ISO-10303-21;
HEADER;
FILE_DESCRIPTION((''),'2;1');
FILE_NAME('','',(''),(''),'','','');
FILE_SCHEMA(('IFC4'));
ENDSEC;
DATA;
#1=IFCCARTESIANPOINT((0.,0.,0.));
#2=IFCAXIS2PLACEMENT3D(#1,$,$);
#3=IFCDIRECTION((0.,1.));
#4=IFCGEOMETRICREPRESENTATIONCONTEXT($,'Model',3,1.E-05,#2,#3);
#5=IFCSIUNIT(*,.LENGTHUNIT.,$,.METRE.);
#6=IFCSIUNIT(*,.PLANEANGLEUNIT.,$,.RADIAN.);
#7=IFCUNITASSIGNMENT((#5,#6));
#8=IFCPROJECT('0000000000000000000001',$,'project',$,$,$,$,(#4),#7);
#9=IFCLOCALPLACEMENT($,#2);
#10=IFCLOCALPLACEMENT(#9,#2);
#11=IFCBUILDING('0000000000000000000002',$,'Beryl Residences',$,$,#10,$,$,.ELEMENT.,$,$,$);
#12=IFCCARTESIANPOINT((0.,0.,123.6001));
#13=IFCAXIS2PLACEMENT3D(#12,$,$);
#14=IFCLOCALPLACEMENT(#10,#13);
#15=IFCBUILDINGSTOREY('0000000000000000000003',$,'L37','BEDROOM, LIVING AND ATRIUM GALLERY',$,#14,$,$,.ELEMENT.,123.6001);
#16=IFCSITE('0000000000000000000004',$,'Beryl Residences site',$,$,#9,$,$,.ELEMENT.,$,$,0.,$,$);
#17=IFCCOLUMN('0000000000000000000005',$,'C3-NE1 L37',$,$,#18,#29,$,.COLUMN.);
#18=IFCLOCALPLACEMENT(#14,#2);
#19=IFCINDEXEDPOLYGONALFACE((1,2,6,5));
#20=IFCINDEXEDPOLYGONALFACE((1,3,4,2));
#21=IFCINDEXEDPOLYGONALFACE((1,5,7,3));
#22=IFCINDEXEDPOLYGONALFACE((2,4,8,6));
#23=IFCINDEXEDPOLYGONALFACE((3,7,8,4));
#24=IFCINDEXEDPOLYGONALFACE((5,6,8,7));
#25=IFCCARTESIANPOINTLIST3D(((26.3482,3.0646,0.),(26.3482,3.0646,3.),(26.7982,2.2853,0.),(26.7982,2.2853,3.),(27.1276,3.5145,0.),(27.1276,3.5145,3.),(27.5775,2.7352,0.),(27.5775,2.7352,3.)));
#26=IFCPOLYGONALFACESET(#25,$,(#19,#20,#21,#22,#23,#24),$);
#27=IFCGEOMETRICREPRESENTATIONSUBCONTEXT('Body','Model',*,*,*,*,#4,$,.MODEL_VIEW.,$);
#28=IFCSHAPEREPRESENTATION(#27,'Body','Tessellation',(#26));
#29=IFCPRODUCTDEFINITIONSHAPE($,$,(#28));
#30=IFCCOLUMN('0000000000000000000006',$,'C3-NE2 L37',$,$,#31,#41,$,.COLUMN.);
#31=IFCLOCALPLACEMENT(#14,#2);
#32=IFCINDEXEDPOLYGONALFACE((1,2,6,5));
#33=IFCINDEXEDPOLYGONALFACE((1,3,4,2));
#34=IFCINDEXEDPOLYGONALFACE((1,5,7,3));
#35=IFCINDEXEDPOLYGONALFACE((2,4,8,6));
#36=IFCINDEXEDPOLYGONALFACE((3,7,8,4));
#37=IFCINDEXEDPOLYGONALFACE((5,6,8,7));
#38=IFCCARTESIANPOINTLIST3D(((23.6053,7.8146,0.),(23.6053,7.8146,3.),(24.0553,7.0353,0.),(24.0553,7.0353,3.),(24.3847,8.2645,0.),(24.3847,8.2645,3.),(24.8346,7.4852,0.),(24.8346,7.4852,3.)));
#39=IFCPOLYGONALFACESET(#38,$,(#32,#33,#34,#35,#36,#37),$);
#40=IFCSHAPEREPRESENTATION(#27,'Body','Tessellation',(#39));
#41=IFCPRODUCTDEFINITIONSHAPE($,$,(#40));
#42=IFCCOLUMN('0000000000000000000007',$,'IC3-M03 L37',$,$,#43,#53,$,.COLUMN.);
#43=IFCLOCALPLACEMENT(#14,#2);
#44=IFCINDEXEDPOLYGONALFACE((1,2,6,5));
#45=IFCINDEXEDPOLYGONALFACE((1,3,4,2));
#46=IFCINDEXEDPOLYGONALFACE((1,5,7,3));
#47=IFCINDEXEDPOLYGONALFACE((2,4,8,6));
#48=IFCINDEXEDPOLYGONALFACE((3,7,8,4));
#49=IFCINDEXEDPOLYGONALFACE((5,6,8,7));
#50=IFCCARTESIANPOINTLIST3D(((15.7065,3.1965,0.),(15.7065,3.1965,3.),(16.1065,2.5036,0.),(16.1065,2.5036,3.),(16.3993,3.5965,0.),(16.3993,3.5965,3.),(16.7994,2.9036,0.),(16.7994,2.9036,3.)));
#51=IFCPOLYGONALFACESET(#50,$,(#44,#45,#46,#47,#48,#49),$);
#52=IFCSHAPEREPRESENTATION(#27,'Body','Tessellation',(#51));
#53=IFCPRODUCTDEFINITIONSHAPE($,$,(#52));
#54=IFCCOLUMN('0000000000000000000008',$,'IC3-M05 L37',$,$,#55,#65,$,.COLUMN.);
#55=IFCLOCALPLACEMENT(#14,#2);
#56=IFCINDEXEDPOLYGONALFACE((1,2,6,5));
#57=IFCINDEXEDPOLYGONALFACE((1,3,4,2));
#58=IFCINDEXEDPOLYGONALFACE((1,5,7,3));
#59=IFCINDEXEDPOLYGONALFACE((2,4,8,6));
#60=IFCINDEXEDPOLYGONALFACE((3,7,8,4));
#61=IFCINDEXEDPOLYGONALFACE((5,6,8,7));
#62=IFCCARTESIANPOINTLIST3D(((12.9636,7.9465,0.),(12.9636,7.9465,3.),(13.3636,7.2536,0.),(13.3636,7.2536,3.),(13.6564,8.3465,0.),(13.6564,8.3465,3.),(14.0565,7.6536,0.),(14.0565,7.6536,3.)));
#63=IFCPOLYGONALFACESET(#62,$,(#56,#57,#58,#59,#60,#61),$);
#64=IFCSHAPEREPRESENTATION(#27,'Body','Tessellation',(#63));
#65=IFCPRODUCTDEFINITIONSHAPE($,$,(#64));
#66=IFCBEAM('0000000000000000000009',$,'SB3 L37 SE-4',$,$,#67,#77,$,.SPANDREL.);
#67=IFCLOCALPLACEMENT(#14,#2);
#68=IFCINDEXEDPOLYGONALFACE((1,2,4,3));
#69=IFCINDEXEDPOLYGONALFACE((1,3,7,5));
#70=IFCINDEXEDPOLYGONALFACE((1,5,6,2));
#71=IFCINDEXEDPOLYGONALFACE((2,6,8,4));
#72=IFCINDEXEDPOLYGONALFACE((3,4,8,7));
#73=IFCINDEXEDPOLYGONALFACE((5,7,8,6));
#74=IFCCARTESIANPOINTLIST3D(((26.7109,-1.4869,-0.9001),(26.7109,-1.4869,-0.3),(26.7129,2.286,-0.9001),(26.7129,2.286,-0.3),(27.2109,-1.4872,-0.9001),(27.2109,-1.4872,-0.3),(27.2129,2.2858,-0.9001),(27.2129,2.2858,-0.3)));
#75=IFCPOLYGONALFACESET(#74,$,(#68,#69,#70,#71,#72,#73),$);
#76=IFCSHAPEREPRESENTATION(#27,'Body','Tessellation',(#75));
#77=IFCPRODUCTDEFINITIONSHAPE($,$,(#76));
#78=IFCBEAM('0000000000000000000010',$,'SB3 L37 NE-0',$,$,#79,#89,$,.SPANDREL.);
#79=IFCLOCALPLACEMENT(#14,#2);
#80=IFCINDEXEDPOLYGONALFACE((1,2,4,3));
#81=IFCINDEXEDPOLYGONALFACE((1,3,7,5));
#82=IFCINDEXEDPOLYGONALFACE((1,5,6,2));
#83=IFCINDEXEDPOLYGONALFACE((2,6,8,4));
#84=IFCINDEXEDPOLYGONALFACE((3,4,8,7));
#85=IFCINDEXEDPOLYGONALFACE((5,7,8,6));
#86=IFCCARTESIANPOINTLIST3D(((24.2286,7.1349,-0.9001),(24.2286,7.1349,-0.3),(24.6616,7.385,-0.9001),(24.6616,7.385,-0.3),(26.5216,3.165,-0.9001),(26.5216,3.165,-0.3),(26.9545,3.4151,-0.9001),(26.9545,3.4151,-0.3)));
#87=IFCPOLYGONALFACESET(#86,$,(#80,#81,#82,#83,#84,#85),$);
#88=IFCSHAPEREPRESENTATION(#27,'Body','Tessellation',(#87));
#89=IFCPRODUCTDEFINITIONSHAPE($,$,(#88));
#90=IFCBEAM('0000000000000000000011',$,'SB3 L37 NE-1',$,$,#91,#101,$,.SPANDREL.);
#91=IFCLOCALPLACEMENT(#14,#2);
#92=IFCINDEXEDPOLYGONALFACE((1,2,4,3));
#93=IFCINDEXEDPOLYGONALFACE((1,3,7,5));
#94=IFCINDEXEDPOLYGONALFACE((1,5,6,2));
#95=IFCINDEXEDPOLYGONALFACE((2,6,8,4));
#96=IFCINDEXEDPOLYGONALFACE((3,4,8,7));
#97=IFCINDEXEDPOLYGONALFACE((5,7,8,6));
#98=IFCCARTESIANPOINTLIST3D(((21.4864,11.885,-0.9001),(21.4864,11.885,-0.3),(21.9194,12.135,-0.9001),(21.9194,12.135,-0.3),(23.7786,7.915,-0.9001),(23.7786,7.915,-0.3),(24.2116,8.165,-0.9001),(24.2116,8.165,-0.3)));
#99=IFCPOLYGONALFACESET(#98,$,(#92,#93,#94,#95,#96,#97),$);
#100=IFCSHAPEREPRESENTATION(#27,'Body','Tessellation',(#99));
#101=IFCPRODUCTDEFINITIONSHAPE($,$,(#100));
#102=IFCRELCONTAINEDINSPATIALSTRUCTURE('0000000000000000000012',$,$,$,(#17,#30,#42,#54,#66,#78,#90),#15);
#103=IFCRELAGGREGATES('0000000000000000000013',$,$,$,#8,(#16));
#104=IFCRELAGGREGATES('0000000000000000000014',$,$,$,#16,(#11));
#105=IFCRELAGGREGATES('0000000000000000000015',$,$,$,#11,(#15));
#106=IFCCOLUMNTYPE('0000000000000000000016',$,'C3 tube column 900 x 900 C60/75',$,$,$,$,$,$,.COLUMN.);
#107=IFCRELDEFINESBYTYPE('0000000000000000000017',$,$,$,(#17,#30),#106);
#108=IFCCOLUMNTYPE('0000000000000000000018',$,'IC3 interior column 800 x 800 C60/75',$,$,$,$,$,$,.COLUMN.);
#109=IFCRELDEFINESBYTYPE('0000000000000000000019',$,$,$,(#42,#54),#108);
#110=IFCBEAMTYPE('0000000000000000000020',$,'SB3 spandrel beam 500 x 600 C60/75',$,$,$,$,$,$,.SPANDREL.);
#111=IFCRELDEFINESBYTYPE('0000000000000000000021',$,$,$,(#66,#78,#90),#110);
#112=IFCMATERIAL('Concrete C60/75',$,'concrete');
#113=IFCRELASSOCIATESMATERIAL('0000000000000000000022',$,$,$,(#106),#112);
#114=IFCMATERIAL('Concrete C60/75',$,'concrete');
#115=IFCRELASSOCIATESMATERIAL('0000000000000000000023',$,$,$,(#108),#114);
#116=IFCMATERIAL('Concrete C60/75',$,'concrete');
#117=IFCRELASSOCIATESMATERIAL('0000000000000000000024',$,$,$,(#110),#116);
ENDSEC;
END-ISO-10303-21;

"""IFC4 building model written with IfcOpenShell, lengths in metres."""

from ifc_helpers import new_model, si_unit, direction, frame, origin, origin_2d, place, context, subcontext, project, spatial, rectangle, extrude, material, material_profile, profile_set, type_object, element, save


model = new_model("IFC4")

# Units and contexts
model_context = context("Model", 3, precision=1e-05, world=origin(), true_north=direction((0.0, 1.0)))
body_context = subcontext(model_context, "Body", "Model", "MODEL_VIEW")
ifc_project = project(units=[si_unit("LENGTHUNIT", "METRE"), si_unit("PLANEANGLEUNIT", "RADIAN")], contexts=[model_context])

# Site, building, storey
site_placement = place(None, origin())
site = spatial("IfcSite", under=ifc_project, at=site_placement, Name="Beryl Residences site", CompositionType="ELEMENT", RefElevation=0.0)
building_placement = place(site_placement, origin())
building = spatial("IfcBuilding", under=site, at=building_placement, Name="Beryl Residences", CompositionType="ELEMENT")
storey_placement = place(building_placement, frame((0.0, 0.0, 123.6001)))
storey = spatial("IfcBuildingStorey", under=building, at=storey_placement, Name="L37", Description="BEDROOM, LIVING AND ATRIUM GALLERY", CompositionType="ELEMENT", Elevation=123.6001)

# Columns
ifc_material_1 = material(Name="Concrete C60/75", Category="concrete")
ifc_material_profile_1 = material_profile(ifc_material_1, rectangle(XDim=0.8999, YDim=0.8999, at=origin_2d()))
ifc_profile_set_1 = profile_set([ifc_material_profile_1], Name="Concrete C60/75")
column_type_1 = type_object("IfcColumnType", Name="C3 tube column 900 x 900 C60/75", PredefinedType="COLUMN", material=ifc_profile_set_1)
for number, where, z_axis, x_axis, name in (
    (1, (26.9629, 2.8999, 0.0), (0.0, 0.0, 1.0), (-0.5, 0.866025, 0.0), "C3-NE1 L37"),
    (2, (24.22, 7.6499, 0.0), (0.0, 0.0, 1.0), (-0.5, 0.866025, 0.0), "C3-NE2 L37"),
):
    element("IfcColumn", number, at=place(storey_placement, frame(where, z_axis=z_axis, x_axis=x_axis)), inside=storey, type_object=column_type_1, Name=name, PredefinedType="COLUMN", context=body_context, shape_type="SweptSolid", body=[
        extrude(rectangle(XDim=0.8999, YDim=0.8999, at=origin_2d()), origin(), (0.0, 0.0, 1.0), 3.0),
    ])
ifc_material_2 = material(Name="Concrete C60/75", Category="concrete")
ifc_material_profile_2 = material_profile(ifc_material_2, rectangle(XDim=0.8, YDim=0.8, at=origin_2d()))
ifc_profile_set_2 = profile_set([ifc_material_profile_2], Name="Concrete C60/75")
column_type_2 = type_object("IfcColumnType", Name="IC3 interior column 800 x 800 C60/75", PredefinedType="COLUMN", material=ifc_profile_set_2)
for number, where, z_axis, x_axis, name in (
    (3, (16.2529, 3.05, 0.0), (0.0, 0.0, 1.0), (-0.5, 0.866025, 0.0), "IC3-M03 L37"),
    (4, (13.51, 7.8, 0.0), (0.0, 0.0, 1.0), (-0.5, 0.866025, 0.0), "IC3-M05 L37"),
):
    element("IfcColumn", number, at=place(storey_placement, frame(where, z_axis=z_axis, x_axis=x_axis)), inside=storey, type_object=column_type_2, Name=name, PredefinedType="COLUMN", context=body_context, shape_type="SweptSolid", body=[
        extrude(rectangle(XDim=0.8, YDim=0.8, at=origin_2d()), origin(), (0.0, 0.0, 1.0), 3.0),
    ])

# Beams
ifc_material_3 = material(Name="Concrete C60/75", Category="concrete")
ifc_material_profile_3 = material_profile(ifc_material_3, rectangle(XDim=0.5, YDim=0.6001, at=origin_2d()))
ifc_profile_set_3 = profile_set([ifc_material_profile_3], Name="Concrete C60/75")
beam_type = type_object("IfcBeamType", Name="SB3 spandrel beam 500 x 600 C60/75", PredefinedType="SPANDREL", material=ifc_profile_set_3)
beam_1_placement = place(storey_placement, frame((26.9609, -1.4871, -0.6001), z_axis=(0.000518, 1.0, 0.0), x_axis=(-1.0, 0.000518, 0.0)))
element("IfcBeam", 5, at=beam_1_placement, inside=storey, type_object=beam_type, Name="SB3 L37 SE-4", PredefinedType="SPANDREL", context=body_context, shape_type="SweptSolid", body=[
    extrude(rectangle(XDim=0.5, YDim=0.6001, at=origin_2d()), origin(), (0.0, 0.0, 1.0), 3.7729),
])
beam_2_placement = place(storey_placement, frame((26.738, 3.29, -0.6001), z_axis=(-0.500148, 0.86594, 0.0), x_axis=(-0.86594, -0.500148, 0.0)))
element("IfcBeam", 6, at=beam_2_placement, inside=storey, type_object=beam_type, Name="SB3 L37 NE-0", PredefinedType="SPANDREL", context=body_context, shape_type="SweptSolid", body=[
    extrude(rectangle(XDim=0.5, YDim=0.6001, at=origin_2d()), origin(), (0.0, 0.0, 1.0), 4.5845),
])
beam_3_placement = place(storey_placement, frame((23.9951, 8.04, -0.6001), z_axis=(-0.500028, 0.866009, 0.0), x_axis=(-0.866009, -0.500028, 0.0)))
element("IfcBeam", 7, at=beam_3_placement, inside=storey, type_object=beam_type, Name="SB3 L37 NE-1", PredefinedType="SPANDREL", context=body_context, shape_type="SweptSolid", body=[
    extrude(rectangle(XDim=0.5, YDim=0.6001, at=origin_2d()), origin(), (0.0, 0.0, 1.0), 4.5842),
])

save(model, "model.ifc")
